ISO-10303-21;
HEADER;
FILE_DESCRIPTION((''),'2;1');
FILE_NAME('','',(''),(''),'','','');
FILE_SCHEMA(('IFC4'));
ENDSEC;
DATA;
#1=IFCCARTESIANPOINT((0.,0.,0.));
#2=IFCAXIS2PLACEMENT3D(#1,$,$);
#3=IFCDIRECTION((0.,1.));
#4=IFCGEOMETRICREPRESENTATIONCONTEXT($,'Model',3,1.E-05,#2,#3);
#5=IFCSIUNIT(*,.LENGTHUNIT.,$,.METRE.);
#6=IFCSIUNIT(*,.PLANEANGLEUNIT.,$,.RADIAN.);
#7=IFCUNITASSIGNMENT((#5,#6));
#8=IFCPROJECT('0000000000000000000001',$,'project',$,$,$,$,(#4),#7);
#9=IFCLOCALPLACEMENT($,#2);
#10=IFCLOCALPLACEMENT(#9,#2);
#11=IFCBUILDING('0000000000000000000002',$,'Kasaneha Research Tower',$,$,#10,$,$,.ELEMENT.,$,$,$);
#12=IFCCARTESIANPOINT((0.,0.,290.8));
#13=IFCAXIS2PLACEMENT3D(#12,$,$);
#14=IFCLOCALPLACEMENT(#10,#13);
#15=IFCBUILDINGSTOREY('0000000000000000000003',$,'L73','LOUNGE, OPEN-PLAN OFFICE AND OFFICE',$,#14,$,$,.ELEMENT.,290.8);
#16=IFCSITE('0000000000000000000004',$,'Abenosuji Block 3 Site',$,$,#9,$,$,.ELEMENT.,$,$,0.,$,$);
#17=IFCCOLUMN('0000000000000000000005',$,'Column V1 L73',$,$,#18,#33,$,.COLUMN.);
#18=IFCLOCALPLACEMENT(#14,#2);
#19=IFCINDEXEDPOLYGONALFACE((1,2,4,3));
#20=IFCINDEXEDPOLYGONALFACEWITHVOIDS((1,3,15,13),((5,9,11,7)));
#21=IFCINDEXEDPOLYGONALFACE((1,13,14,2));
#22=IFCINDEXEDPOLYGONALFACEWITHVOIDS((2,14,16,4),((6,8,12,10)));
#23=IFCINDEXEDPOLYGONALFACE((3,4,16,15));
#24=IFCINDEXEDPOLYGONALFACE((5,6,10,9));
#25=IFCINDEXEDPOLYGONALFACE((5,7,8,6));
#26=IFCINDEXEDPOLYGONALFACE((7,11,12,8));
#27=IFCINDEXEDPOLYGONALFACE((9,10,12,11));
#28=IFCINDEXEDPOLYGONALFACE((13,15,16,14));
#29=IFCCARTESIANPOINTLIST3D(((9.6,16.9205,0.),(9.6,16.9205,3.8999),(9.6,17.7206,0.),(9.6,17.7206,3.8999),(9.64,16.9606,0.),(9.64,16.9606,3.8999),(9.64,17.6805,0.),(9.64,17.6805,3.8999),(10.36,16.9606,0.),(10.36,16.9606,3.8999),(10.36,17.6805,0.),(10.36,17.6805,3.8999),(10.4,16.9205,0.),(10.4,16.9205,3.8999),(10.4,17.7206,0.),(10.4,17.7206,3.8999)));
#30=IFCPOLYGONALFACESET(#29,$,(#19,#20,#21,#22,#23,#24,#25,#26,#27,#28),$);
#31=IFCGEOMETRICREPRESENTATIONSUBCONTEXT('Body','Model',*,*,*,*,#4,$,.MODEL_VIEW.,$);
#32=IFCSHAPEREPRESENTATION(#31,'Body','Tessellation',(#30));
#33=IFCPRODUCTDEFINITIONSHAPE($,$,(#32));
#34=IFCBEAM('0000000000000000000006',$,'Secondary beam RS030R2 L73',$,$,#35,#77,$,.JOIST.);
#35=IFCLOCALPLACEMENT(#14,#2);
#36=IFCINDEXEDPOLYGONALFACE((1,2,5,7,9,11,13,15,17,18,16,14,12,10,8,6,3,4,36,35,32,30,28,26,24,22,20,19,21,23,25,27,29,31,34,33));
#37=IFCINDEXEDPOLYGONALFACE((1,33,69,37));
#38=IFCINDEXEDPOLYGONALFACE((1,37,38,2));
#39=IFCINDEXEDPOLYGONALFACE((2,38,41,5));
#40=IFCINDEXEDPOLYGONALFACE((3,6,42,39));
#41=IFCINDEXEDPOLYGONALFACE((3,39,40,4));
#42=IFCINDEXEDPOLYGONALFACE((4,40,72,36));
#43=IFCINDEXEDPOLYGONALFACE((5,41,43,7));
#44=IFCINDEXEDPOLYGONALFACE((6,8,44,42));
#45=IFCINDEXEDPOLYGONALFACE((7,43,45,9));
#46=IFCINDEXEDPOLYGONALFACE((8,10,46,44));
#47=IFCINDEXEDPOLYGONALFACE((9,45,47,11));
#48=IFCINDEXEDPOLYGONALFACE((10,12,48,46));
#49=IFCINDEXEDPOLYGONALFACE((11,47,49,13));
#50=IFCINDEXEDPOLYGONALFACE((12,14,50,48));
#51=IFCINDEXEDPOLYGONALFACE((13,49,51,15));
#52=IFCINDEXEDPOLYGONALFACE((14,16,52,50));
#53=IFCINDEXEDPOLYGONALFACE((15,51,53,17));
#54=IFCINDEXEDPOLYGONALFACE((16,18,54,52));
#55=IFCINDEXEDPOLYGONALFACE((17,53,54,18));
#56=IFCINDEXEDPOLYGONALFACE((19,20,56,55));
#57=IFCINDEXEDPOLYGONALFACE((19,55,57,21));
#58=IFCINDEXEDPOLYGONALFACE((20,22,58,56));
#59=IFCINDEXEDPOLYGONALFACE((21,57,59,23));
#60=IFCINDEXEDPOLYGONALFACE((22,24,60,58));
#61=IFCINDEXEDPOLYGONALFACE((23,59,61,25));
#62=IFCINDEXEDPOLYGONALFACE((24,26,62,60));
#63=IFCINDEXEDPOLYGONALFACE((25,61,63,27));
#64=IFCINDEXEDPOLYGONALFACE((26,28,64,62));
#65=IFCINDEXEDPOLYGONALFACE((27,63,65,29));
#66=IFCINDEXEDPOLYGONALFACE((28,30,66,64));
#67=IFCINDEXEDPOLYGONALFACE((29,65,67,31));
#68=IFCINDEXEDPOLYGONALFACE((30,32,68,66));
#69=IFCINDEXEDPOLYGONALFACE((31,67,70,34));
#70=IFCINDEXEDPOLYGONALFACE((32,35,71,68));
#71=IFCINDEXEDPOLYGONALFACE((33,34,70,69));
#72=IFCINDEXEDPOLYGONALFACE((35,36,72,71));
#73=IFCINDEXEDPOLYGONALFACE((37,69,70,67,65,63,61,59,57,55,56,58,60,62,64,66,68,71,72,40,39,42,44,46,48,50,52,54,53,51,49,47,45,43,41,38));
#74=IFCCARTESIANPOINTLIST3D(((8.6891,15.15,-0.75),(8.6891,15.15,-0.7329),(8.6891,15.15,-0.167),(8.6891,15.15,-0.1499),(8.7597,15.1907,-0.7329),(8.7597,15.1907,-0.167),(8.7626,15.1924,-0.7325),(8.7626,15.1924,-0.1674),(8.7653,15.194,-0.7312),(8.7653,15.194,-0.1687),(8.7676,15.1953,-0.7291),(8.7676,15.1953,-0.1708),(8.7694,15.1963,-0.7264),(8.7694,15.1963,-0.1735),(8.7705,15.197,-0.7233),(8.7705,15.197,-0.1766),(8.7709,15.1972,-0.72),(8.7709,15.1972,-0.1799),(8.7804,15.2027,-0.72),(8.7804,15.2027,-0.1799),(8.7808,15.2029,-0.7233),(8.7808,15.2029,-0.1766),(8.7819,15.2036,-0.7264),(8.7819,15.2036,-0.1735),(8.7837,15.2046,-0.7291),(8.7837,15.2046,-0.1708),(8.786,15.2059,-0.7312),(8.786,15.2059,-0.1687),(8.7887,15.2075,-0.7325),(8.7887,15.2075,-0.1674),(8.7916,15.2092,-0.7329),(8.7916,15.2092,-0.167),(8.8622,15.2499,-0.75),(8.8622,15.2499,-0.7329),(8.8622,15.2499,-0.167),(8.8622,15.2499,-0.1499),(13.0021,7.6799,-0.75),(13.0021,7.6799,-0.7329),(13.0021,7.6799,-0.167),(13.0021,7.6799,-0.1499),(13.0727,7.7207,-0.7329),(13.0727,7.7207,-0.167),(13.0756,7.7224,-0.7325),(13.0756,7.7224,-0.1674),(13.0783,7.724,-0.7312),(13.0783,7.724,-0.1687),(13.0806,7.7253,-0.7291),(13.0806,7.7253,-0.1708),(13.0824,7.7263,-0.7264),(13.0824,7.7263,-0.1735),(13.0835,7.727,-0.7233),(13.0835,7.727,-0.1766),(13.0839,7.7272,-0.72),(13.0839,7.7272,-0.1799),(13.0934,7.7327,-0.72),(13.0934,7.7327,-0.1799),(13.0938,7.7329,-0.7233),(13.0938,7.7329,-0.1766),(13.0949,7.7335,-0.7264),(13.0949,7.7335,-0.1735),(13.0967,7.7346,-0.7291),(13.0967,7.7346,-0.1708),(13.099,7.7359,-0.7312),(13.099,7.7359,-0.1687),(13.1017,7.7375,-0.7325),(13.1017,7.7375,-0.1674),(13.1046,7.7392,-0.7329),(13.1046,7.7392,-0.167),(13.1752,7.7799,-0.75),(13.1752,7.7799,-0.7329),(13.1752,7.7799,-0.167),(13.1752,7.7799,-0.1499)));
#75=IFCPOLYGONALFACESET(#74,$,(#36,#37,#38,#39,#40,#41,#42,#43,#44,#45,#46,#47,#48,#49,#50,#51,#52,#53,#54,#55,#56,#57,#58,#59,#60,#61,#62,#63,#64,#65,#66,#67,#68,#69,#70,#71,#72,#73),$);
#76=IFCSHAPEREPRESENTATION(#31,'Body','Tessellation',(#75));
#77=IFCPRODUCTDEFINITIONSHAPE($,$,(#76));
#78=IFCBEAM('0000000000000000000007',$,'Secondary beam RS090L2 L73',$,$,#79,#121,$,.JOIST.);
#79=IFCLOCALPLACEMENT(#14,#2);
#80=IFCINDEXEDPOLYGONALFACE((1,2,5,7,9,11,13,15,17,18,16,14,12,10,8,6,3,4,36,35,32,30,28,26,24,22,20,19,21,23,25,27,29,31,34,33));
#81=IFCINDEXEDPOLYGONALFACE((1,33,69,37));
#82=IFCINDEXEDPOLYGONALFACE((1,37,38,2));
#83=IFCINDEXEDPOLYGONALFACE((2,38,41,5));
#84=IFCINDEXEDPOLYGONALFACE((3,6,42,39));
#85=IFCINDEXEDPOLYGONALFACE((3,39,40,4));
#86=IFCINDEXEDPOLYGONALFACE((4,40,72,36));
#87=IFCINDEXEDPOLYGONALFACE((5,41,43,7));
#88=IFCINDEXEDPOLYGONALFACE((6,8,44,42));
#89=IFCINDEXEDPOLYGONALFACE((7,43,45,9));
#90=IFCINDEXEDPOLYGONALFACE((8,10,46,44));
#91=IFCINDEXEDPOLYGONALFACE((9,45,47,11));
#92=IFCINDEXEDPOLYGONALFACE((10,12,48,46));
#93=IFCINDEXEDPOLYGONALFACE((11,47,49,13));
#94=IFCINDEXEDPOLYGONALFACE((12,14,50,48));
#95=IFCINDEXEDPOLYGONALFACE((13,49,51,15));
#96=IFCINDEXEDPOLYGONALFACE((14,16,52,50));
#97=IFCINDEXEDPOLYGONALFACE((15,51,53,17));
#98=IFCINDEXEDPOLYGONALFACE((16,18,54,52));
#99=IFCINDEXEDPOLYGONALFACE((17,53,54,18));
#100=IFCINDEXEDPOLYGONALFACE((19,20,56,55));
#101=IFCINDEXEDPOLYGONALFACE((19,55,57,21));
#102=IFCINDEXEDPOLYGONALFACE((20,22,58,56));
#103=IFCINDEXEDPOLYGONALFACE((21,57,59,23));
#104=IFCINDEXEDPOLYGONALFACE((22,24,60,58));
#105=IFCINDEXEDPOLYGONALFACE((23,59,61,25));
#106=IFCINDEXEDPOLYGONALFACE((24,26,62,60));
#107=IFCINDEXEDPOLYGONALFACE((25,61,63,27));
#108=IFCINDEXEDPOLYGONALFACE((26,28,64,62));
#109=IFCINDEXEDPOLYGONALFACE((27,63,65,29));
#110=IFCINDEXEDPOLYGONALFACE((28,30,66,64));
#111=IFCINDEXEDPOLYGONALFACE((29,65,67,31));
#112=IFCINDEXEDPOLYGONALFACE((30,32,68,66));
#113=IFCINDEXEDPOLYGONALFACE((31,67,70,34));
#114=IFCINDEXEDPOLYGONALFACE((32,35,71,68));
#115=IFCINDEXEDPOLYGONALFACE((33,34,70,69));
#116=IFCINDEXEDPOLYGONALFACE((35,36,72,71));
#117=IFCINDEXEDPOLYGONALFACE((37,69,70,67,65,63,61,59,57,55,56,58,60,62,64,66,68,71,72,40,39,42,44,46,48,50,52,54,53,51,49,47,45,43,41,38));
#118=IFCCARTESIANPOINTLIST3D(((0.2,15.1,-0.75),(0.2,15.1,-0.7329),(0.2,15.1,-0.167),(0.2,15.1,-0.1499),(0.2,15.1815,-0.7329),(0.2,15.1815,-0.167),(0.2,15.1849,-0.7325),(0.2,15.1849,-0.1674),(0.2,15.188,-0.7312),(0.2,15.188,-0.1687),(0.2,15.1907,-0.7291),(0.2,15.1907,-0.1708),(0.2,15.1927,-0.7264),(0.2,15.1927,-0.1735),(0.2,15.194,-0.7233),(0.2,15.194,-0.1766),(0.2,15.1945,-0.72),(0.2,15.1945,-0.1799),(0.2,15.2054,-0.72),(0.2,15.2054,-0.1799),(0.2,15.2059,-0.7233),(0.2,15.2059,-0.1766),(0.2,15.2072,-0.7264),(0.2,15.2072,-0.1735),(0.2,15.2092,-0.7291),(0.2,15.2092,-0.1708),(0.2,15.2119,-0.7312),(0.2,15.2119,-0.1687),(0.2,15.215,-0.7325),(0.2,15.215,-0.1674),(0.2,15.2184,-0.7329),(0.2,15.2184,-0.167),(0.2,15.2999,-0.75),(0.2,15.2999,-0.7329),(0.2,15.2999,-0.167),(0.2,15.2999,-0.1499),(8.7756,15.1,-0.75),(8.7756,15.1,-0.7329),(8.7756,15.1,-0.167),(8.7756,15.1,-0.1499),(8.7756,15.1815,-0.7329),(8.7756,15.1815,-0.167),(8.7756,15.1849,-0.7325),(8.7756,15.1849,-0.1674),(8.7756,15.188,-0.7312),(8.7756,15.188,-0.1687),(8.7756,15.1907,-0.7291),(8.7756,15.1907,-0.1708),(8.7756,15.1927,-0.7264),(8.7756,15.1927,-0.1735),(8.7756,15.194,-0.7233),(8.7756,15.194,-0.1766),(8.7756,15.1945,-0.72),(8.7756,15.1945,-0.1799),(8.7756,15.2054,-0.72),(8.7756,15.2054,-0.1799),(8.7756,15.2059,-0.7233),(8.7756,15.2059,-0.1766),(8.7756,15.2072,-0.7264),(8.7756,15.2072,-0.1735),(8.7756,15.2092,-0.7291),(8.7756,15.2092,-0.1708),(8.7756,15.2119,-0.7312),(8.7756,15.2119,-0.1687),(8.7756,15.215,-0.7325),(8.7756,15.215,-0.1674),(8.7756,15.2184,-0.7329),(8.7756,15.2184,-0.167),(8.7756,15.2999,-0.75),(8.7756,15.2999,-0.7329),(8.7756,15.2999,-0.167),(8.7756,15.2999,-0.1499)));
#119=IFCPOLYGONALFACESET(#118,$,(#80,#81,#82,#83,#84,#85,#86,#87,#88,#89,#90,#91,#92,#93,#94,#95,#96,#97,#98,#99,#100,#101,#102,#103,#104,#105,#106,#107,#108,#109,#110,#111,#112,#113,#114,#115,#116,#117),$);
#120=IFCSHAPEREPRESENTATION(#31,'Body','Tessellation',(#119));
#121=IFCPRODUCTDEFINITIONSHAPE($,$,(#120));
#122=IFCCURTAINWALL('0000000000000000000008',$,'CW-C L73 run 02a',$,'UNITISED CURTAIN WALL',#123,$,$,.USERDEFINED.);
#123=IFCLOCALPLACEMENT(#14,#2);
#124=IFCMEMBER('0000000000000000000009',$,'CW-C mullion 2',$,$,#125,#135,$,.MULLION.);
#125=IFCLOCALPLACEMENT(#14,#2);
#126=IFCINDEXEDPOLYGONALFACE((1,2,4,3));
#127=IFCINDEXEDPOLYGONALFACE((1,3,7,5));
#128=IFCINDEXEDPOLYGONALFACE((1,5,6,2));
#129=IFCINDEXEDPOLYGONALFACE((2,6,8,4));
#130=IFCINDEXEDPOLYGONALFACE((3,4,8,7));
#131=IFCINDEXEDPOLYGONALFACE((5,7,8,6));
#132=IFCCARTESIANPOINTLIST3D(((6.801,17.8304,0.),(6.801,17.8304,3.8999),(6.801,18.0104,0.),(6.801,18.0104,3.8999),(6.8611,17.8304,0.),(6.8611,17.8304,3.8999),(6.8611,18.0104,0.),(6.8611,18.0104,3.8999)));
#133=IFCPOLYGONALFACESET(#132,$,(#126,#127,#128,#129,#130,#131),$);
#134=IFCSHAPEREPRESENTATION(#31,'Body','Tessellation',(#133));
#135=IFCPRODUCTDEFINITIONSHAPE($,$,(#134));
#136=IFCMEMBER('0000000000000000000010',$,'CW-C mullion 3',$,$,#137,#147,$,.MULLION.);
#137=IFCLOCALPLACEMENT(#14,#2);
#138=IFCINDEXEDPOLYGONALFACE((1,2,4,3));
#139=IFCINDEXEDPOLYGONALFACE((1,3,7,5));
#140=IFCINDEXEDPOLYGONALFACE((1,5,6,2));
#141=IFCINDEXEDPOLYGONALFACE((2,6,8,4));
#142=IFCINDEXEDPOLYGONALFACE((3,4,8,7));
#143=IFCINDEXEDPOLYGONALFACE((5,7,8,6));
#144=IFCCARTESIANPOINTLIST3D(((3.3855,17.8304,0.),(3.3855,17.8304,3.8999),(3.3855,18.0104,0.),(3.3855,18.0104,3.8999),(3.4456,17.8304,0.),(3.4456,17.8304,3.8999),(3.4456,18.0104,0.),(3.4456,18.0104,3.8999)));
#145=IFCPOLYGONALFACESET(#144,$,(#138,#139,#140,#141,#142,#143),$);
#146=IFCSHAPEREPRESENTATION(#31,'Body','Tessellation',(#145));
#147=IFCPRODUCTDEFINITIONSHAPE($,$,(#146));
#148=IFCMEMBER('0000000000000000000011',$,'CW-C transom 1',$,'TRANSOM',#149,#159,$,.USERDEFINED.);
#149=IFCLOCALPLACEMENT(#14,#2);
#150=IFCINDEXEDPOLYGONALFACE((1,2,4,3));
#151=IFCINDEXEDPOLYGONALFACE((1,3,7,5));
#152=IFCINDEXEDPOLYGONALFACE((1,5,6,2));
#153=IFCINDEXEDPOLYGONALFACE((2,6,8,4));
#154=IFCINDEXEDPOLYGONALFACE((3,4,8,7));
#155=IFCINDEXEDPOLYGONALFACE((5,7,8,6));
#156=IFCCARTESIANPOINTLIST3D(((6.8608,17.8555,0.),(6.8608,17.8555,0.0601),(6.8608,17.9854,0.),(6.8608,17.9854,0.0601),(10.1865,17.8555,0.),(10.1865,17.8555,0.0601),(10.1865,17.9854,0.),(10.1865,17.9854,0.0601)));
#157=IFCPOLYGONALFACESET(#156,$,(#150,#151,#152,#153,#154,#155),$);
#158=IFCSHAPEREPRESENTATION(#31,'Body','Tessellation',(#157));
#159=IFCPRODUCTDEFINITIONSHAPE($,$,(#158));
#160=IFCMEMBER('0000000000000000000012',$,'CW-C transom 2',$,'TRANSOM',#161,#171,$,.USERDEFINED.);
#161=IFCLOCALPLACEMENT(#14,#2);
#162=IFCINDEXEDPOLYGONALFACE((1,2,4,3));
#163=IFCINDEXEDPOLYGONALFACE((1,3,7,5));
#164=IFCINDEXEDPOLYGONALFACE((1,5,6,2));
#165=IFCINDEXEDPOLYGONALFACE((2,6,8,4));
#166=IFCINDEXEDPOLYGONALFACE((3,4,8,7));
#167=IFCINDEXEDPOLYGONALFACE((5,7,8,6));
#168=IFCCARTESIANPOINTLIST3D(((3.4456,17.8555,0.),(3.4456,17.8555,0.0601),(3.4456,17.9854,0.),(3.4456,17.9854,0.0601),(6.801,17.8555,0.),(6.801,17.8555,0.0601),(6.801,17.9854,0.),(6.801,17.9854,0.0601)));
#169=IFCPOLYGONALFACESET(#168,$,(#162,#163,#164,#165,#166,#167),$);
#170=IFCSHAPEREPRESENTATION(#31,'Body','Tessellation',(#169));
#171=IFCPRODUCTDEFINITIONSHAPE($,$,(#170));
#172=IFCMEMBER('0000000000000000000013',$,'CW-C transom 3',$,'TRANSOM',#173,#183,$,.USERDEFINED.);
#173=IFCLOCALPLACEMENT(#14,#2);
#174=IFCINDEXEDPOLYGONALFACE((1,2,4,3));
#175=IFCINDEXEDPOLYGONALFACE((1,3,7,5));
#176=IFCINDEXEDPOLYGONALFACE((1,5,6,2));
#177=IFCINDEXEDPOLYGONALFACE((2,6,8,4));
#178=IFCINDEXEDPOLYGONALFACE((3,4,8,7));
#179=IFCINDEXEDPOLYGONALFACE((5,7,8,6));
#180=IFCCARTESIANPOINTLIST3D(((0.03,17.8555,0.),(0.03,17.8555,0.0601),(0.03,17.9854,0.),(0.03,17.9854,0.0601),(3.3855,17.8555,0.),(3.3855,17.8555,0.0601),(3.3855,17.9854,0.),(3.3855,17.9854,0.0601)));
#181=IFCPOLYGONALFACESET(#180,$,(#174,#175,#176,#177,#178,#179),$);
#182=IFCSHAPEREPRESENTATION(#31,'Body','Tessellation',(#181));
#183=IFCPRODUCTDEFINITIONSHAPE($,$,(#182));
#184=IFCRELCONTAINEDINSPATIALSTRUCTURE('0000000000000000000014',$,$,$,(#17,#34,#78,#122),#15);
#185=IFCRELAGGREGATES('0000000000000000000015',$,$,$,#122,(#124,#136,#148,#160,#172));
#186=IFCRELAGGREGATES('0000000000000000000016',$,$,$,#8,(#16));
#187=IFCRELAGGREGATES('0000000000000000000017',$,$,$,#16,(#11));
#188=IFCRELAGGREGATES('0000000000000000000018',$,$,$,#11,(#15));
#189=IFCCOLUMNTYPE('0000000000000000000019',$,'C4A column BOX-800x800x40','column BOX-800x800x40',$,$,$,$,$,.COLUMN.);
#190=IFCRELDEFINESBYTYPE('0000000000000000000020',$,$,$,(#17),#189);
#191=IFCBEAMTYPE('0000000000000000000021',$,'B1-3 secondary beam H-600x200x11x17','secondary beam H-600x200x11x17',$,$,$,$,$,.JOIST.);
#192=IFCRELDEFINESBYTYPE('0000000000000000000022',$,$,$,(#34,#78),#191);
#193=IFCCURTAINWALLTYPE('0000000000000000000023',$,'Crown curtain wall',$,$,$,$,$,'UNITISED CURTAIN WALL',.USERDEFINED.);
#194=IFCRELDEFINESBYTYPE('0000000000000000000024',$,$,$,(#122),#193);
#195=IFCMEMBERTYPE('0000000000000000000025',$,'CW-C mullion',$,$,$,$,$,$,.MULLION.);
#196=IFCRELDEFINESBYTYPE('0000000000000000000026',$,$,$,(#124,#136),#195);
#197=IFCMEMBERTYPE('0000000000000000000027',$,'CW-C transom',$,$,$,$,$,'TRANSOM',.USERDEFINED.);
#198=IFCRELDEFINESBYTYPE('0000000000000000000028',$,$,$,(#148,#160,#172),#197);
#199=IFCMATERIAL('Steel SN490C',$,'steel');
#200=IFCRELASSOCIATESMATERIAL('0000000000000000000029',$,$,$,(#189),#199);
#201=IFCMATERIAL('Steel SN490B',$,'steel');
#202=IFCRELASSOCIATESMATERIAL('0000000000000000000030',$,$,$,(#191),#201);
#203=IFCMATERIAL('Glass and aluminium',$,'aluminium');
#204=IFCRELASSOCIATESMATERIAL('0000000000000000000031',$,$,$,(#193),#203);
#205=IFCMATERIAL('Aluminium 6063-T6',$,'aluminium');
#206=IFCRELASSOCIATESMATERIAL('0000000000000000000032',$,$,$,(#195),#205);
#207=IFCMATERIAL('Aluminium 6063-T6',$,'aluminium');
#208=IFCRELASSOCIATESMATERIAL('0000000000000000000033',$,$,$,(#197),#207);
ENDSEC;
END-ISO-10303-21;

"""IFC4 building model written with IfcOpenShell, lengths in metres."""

from ifc_helpers import new_model, si_unit, direction, frame, origin, origin_2d, place, context, subcontext, project, spatial, rectangle, hollow_rectangle, i_section, extrude, material, material_profile, profile_set, type_object, element, aggregate, save


model = new_model("IFC4")

# Units and contexts
model_context = context("Model", 3, precision=1e-05, world=origin(), true_north=direction((0.0, 1.0)))
body_context = subcontext(model_context, "Body", "Model", "MODEL_VIEW")
ifc_project = project(units=[si_unit("LENGTHUNIT", "METRE"), si_unit("PLANEANGLEUNIT", "RADIAN")], contexts=[model_context])

# Site, building, storey
site_placement = place(None, origin())
site = spatial("IfcSite", under=ifc_project, at=site_placement, Name="Abenosuji Block 3 Site", CompositionType="ELEMENT", RefElevation=0.0)
building_placement = place(site_placement, origin())
building = spatial("IfcBuilding", under=site, at=building_placement, Name="Kasaneha Research Tower", CompositionType="ELEMENT")
storey_placement = place(building_placement, frame((0.0, 0.0, 290.8)))
storey = spatial("IfcBuildingStorey", under=building, at=storey_placement, Name="L73", Description="LOUNGE, OPEN-PLAN OFFICE AND OFFICE", CompositionType="ELEMENT", Elevation=290.8)

# Column
ifc_material_1 = material(Name="Steel SN490C", Category="steel")
ifc_material_profile_1 = material_profile(ifc_material_1, hollow_rectangle(XDim=0.8, YDim=0.8, WallThickness=0.04, at=origin_2d()), Name="BOX-800x800x40")
ifc_profile_set_1 = profile_set([ifc_material_profile_1], Name="Steel SN490C")
column_type = type_object("IfcColumnType", Name="C4A column BOX-800x800x40", Description="column BOX-800x800x40", PredefinedType="COLUMN", material=ifc_profile_set_1)
column_placement = place(storey_placement, frame((10.0, 17.3206, 0.0), z_axis=(0.0, 0.0, 1.0), x_axis=(1.0, 0.0, 0.0)))
element("IfcColumn", 1, at=column_placement, inside=storey, type_object=column_type, Name="Column V1 L73", PredefinedType="COLUMN", context=body_context, shape_type="SweptSolid", body=[
    extrude(hollow_rectangle(XDim=0.8, YDim=0.8, WallThickness=0.04, at=origin_2d()), origin(), (0.0, 0.0, 1.0), 3.8999),
])

# Beams
ifc_material_2 = material(Name="Steel SN490B", Category="steel")
ifc_material_profile_2 = material_profile(ifc_material_2, i_section(OverallWidth=0.2, OverallDepth=0.6001, WebThickness=0.011, FlangeThickness=0.0171, FilletRadius=0.0129, at=origin_2d()), Name="H-600x200x11x17")
ifc_profile_set_2 = profile_set([ifc_material_profile_2], Name="Steel SN490B")
beam_type_1 = type_object("IfcBeamType", Name="B1-3 secondary beam H-600x200x11x17", Description="secondary beam H-600x200x11x17", PredefinedType="JOIST", material=ifc_profile_set_2)
beam_1_placement = place(storey_placement, frame((8.7756, 15.2, -0.45), z_axis=(0.500017, -0.866015, 0.0), x_axis=(0.866015, 0.500017, 0.0)))
element("IfcBeam", 2, at=beam_1_placement, inside=storey, type_object=beam_type_1, Name="Secondary beam RS030R2 L73", PredefinedType="JOIST", context=body_context, shape_type="SweptSolid", body=[
    extrude(i_section(OverallWidth=0.2, OverallDepth=0.6001, WebThickness=0.011, FlangeThickness=0.0171, FilletRadius=0.0129, at=origin_2d()), origin(), (0.0, 0.0, 1.0), 8.6257),
])
beam_2_placement = place(storey_placement, frame((8.7756, 15.2, -0.45), z_axis=(-1.0, 0.0, 0.0), x_axis=(0.0, -1.0, 0.0)))
element("IfcBeam", 3, at=beam_2_placement, inside=storey, type_object=beam_type_1, Name="Secondary beam RS090L2 L73", PredefinedType="JOIST", context=body_context, shape_type="SweptSolid", body=[
    extrude(i_section(OverallWidth=0.2, OverallDepth=0.6001, WebThickness=0.011, FlangeThickness=0.0171, FilletRadius=0.0129, at=origin_2d()), origin(), (0.0, 0.0, 1.0), 8.5757),
])

# Curtain wall, members
ifc_material_3 = material(Name="Glass and aluminium", Category="aluminium")
curtain_wall_type = type_object("IfcCurtainWallType", Name="Crown curtain wall", ElementType="UNITISED CURTAIN WALL", PredefinedType="USERDEFINED", material=ifc_material_3)
curtain_wall_placement = place(storey_placement, origin())
curtain_wall = element("IfcCurtainWall", 4, at=curtain_wall_placement, inside=storey, type_object=curtain_wall_type, Name="CW-C L73 run 02a", ObjectType="UNITISED CURTAIN WALL", PredefinedType="USERDEFINED")
ifc_material_4 = material(Name="Aluminium 6063-T6", Category="aluminium")
ifc_material_profile_3 = material_profile(ifc_material_4, rectangle(XDim=0.0601, YDim=0.1799, at=origin_2d()), Name="CW-C mullion 60x180")
ifc_profile_set_3 = profile_set([ifc_material_profile_3], Name="Aluminium 6063-T6")
member_type_1 = type_object("IfcMemberType", Name="CW-C mullion", PredefinedType="MULLION", material=ifc_profile_set_3)
member_1_placement = place(storey_placement, frame((6.8311, 17.9204, 0.0), z_axis=(0.0, 0.0, 1.0), x_axis=(-1.0, 0.0, 0.0)))
member_1 = element("IfcMember", 5, at=member_1_placement, type_object=member_type_1, Name="CW-C mullion 2", PredefinedType="MULLION", context=body_context, shape_type="SweptSolid", body=[
    extrude(rectangle(XDim=0.0601, YDim=0.1799, at=origin_2d()), origin(), (0.0, 0.0, 1.0), 3.8999),
])
member_2_placement = place(storey_placement, frame((3.4155, 17.9204, 0.0), z_axis=(0.0, 0.0, 1.0), x_axis=(-1.0, 0.0, 0.0)))
member_2 = element("IfcMember", 6, at=member_2_placement, type_object=member_type_1, Name="CW-C mullion 3", PredefinedType="MULLION", context=body_context, shape_type="SweptSolid", body=[
    extrude(rectangle(XDim=0.0601, YDim=0.1799, at=origin_2d()), origin(), (0.0, 0.0, 1.0), 3.8999),
])
ifc_material_5 = material(Name="Aluminium 6063-T6", Category="aluminium")
ifc_material_profile_4 = material_profile(ifc_material_5, rectangle(XDim=0.1299, YDim=0.0601, at=origin_2d()), Name="CW-C transom 130x60")
ifc_profile_set_4 = profile_set([ifc_material_profile_4], Name="Aluminium 6063-T6")
member_type_2 = type_object("IfcMemberType", Name="CW-C transom", ElementType="TRANSOM", PredefinedType="USERDEFINED", material=ifc_profile_set_4)
member_3_placement = place(storey_placement, frame((10.1865, 17.9204, 0.03), z_axis=(-1.0, 0.0, 0.0), x_axis=(0.0, -1.0, 0.0)))
member_3 = element("IfcMember", 7, at=member_3_placement, type_object=member_type_2, Name="CW-C transom 1", ObjectType="TRANSOM", PredefinedType="USERDEFINED", context=body_context, shape_type="SweptSolid", body=[
    extrude(rectangle(XDim=0.1299, YDim=0.0601, at=origin_2d()), origin(), (0.0, 0.0, 1.0), 3.3257),
])
member_4_placement = place(storey_placement, frame((6.801, 17.9204, 0.03), z_axis=(-1.0, 0.0, 0.0), x_axis=(0.0, -1.0, 0.0)))
member_4 = element("IfcMember", 8, at=member_4_placement, type_object=member_type_2, Name="CW-C transom 2", ObjectType="TRANSOM", PredefinedType="USERDEFINED", context=body_context, shape_type="SweptSolid", body=[
    extrude(rectangle(XDim=0.1299, YDim=0.0601, at=origin_2d()), origin(), (0.0, 0.0, 1.0), 3.3555),
])
member_5_placement = place(storey_placement, frame((3.3855, 17.9204, 0.03), z_axis=(-1.0, 0.0, 0.0), x_axis=(0.0, -1.0, 0.0)))
member_5 = element("IfcMember", 9, at=member_5_placement, type_object=member_type_2, Name="CW-C transom 3", ObjectType="TRANSOM", PredefinedType="USERDEFINED", context=body_context, shape_type="SweptSolid", body=[
    extrude(rectangle(XDim=0.1299, YDim=0.0601, at=origin_2d()), origin(), (0.0, 0.0, 1.0), 3.3555),
])

aggregate(curtain_wall, [member_1, member_2, member_3, member_4, member_5])

save(model, "model.ifc")
